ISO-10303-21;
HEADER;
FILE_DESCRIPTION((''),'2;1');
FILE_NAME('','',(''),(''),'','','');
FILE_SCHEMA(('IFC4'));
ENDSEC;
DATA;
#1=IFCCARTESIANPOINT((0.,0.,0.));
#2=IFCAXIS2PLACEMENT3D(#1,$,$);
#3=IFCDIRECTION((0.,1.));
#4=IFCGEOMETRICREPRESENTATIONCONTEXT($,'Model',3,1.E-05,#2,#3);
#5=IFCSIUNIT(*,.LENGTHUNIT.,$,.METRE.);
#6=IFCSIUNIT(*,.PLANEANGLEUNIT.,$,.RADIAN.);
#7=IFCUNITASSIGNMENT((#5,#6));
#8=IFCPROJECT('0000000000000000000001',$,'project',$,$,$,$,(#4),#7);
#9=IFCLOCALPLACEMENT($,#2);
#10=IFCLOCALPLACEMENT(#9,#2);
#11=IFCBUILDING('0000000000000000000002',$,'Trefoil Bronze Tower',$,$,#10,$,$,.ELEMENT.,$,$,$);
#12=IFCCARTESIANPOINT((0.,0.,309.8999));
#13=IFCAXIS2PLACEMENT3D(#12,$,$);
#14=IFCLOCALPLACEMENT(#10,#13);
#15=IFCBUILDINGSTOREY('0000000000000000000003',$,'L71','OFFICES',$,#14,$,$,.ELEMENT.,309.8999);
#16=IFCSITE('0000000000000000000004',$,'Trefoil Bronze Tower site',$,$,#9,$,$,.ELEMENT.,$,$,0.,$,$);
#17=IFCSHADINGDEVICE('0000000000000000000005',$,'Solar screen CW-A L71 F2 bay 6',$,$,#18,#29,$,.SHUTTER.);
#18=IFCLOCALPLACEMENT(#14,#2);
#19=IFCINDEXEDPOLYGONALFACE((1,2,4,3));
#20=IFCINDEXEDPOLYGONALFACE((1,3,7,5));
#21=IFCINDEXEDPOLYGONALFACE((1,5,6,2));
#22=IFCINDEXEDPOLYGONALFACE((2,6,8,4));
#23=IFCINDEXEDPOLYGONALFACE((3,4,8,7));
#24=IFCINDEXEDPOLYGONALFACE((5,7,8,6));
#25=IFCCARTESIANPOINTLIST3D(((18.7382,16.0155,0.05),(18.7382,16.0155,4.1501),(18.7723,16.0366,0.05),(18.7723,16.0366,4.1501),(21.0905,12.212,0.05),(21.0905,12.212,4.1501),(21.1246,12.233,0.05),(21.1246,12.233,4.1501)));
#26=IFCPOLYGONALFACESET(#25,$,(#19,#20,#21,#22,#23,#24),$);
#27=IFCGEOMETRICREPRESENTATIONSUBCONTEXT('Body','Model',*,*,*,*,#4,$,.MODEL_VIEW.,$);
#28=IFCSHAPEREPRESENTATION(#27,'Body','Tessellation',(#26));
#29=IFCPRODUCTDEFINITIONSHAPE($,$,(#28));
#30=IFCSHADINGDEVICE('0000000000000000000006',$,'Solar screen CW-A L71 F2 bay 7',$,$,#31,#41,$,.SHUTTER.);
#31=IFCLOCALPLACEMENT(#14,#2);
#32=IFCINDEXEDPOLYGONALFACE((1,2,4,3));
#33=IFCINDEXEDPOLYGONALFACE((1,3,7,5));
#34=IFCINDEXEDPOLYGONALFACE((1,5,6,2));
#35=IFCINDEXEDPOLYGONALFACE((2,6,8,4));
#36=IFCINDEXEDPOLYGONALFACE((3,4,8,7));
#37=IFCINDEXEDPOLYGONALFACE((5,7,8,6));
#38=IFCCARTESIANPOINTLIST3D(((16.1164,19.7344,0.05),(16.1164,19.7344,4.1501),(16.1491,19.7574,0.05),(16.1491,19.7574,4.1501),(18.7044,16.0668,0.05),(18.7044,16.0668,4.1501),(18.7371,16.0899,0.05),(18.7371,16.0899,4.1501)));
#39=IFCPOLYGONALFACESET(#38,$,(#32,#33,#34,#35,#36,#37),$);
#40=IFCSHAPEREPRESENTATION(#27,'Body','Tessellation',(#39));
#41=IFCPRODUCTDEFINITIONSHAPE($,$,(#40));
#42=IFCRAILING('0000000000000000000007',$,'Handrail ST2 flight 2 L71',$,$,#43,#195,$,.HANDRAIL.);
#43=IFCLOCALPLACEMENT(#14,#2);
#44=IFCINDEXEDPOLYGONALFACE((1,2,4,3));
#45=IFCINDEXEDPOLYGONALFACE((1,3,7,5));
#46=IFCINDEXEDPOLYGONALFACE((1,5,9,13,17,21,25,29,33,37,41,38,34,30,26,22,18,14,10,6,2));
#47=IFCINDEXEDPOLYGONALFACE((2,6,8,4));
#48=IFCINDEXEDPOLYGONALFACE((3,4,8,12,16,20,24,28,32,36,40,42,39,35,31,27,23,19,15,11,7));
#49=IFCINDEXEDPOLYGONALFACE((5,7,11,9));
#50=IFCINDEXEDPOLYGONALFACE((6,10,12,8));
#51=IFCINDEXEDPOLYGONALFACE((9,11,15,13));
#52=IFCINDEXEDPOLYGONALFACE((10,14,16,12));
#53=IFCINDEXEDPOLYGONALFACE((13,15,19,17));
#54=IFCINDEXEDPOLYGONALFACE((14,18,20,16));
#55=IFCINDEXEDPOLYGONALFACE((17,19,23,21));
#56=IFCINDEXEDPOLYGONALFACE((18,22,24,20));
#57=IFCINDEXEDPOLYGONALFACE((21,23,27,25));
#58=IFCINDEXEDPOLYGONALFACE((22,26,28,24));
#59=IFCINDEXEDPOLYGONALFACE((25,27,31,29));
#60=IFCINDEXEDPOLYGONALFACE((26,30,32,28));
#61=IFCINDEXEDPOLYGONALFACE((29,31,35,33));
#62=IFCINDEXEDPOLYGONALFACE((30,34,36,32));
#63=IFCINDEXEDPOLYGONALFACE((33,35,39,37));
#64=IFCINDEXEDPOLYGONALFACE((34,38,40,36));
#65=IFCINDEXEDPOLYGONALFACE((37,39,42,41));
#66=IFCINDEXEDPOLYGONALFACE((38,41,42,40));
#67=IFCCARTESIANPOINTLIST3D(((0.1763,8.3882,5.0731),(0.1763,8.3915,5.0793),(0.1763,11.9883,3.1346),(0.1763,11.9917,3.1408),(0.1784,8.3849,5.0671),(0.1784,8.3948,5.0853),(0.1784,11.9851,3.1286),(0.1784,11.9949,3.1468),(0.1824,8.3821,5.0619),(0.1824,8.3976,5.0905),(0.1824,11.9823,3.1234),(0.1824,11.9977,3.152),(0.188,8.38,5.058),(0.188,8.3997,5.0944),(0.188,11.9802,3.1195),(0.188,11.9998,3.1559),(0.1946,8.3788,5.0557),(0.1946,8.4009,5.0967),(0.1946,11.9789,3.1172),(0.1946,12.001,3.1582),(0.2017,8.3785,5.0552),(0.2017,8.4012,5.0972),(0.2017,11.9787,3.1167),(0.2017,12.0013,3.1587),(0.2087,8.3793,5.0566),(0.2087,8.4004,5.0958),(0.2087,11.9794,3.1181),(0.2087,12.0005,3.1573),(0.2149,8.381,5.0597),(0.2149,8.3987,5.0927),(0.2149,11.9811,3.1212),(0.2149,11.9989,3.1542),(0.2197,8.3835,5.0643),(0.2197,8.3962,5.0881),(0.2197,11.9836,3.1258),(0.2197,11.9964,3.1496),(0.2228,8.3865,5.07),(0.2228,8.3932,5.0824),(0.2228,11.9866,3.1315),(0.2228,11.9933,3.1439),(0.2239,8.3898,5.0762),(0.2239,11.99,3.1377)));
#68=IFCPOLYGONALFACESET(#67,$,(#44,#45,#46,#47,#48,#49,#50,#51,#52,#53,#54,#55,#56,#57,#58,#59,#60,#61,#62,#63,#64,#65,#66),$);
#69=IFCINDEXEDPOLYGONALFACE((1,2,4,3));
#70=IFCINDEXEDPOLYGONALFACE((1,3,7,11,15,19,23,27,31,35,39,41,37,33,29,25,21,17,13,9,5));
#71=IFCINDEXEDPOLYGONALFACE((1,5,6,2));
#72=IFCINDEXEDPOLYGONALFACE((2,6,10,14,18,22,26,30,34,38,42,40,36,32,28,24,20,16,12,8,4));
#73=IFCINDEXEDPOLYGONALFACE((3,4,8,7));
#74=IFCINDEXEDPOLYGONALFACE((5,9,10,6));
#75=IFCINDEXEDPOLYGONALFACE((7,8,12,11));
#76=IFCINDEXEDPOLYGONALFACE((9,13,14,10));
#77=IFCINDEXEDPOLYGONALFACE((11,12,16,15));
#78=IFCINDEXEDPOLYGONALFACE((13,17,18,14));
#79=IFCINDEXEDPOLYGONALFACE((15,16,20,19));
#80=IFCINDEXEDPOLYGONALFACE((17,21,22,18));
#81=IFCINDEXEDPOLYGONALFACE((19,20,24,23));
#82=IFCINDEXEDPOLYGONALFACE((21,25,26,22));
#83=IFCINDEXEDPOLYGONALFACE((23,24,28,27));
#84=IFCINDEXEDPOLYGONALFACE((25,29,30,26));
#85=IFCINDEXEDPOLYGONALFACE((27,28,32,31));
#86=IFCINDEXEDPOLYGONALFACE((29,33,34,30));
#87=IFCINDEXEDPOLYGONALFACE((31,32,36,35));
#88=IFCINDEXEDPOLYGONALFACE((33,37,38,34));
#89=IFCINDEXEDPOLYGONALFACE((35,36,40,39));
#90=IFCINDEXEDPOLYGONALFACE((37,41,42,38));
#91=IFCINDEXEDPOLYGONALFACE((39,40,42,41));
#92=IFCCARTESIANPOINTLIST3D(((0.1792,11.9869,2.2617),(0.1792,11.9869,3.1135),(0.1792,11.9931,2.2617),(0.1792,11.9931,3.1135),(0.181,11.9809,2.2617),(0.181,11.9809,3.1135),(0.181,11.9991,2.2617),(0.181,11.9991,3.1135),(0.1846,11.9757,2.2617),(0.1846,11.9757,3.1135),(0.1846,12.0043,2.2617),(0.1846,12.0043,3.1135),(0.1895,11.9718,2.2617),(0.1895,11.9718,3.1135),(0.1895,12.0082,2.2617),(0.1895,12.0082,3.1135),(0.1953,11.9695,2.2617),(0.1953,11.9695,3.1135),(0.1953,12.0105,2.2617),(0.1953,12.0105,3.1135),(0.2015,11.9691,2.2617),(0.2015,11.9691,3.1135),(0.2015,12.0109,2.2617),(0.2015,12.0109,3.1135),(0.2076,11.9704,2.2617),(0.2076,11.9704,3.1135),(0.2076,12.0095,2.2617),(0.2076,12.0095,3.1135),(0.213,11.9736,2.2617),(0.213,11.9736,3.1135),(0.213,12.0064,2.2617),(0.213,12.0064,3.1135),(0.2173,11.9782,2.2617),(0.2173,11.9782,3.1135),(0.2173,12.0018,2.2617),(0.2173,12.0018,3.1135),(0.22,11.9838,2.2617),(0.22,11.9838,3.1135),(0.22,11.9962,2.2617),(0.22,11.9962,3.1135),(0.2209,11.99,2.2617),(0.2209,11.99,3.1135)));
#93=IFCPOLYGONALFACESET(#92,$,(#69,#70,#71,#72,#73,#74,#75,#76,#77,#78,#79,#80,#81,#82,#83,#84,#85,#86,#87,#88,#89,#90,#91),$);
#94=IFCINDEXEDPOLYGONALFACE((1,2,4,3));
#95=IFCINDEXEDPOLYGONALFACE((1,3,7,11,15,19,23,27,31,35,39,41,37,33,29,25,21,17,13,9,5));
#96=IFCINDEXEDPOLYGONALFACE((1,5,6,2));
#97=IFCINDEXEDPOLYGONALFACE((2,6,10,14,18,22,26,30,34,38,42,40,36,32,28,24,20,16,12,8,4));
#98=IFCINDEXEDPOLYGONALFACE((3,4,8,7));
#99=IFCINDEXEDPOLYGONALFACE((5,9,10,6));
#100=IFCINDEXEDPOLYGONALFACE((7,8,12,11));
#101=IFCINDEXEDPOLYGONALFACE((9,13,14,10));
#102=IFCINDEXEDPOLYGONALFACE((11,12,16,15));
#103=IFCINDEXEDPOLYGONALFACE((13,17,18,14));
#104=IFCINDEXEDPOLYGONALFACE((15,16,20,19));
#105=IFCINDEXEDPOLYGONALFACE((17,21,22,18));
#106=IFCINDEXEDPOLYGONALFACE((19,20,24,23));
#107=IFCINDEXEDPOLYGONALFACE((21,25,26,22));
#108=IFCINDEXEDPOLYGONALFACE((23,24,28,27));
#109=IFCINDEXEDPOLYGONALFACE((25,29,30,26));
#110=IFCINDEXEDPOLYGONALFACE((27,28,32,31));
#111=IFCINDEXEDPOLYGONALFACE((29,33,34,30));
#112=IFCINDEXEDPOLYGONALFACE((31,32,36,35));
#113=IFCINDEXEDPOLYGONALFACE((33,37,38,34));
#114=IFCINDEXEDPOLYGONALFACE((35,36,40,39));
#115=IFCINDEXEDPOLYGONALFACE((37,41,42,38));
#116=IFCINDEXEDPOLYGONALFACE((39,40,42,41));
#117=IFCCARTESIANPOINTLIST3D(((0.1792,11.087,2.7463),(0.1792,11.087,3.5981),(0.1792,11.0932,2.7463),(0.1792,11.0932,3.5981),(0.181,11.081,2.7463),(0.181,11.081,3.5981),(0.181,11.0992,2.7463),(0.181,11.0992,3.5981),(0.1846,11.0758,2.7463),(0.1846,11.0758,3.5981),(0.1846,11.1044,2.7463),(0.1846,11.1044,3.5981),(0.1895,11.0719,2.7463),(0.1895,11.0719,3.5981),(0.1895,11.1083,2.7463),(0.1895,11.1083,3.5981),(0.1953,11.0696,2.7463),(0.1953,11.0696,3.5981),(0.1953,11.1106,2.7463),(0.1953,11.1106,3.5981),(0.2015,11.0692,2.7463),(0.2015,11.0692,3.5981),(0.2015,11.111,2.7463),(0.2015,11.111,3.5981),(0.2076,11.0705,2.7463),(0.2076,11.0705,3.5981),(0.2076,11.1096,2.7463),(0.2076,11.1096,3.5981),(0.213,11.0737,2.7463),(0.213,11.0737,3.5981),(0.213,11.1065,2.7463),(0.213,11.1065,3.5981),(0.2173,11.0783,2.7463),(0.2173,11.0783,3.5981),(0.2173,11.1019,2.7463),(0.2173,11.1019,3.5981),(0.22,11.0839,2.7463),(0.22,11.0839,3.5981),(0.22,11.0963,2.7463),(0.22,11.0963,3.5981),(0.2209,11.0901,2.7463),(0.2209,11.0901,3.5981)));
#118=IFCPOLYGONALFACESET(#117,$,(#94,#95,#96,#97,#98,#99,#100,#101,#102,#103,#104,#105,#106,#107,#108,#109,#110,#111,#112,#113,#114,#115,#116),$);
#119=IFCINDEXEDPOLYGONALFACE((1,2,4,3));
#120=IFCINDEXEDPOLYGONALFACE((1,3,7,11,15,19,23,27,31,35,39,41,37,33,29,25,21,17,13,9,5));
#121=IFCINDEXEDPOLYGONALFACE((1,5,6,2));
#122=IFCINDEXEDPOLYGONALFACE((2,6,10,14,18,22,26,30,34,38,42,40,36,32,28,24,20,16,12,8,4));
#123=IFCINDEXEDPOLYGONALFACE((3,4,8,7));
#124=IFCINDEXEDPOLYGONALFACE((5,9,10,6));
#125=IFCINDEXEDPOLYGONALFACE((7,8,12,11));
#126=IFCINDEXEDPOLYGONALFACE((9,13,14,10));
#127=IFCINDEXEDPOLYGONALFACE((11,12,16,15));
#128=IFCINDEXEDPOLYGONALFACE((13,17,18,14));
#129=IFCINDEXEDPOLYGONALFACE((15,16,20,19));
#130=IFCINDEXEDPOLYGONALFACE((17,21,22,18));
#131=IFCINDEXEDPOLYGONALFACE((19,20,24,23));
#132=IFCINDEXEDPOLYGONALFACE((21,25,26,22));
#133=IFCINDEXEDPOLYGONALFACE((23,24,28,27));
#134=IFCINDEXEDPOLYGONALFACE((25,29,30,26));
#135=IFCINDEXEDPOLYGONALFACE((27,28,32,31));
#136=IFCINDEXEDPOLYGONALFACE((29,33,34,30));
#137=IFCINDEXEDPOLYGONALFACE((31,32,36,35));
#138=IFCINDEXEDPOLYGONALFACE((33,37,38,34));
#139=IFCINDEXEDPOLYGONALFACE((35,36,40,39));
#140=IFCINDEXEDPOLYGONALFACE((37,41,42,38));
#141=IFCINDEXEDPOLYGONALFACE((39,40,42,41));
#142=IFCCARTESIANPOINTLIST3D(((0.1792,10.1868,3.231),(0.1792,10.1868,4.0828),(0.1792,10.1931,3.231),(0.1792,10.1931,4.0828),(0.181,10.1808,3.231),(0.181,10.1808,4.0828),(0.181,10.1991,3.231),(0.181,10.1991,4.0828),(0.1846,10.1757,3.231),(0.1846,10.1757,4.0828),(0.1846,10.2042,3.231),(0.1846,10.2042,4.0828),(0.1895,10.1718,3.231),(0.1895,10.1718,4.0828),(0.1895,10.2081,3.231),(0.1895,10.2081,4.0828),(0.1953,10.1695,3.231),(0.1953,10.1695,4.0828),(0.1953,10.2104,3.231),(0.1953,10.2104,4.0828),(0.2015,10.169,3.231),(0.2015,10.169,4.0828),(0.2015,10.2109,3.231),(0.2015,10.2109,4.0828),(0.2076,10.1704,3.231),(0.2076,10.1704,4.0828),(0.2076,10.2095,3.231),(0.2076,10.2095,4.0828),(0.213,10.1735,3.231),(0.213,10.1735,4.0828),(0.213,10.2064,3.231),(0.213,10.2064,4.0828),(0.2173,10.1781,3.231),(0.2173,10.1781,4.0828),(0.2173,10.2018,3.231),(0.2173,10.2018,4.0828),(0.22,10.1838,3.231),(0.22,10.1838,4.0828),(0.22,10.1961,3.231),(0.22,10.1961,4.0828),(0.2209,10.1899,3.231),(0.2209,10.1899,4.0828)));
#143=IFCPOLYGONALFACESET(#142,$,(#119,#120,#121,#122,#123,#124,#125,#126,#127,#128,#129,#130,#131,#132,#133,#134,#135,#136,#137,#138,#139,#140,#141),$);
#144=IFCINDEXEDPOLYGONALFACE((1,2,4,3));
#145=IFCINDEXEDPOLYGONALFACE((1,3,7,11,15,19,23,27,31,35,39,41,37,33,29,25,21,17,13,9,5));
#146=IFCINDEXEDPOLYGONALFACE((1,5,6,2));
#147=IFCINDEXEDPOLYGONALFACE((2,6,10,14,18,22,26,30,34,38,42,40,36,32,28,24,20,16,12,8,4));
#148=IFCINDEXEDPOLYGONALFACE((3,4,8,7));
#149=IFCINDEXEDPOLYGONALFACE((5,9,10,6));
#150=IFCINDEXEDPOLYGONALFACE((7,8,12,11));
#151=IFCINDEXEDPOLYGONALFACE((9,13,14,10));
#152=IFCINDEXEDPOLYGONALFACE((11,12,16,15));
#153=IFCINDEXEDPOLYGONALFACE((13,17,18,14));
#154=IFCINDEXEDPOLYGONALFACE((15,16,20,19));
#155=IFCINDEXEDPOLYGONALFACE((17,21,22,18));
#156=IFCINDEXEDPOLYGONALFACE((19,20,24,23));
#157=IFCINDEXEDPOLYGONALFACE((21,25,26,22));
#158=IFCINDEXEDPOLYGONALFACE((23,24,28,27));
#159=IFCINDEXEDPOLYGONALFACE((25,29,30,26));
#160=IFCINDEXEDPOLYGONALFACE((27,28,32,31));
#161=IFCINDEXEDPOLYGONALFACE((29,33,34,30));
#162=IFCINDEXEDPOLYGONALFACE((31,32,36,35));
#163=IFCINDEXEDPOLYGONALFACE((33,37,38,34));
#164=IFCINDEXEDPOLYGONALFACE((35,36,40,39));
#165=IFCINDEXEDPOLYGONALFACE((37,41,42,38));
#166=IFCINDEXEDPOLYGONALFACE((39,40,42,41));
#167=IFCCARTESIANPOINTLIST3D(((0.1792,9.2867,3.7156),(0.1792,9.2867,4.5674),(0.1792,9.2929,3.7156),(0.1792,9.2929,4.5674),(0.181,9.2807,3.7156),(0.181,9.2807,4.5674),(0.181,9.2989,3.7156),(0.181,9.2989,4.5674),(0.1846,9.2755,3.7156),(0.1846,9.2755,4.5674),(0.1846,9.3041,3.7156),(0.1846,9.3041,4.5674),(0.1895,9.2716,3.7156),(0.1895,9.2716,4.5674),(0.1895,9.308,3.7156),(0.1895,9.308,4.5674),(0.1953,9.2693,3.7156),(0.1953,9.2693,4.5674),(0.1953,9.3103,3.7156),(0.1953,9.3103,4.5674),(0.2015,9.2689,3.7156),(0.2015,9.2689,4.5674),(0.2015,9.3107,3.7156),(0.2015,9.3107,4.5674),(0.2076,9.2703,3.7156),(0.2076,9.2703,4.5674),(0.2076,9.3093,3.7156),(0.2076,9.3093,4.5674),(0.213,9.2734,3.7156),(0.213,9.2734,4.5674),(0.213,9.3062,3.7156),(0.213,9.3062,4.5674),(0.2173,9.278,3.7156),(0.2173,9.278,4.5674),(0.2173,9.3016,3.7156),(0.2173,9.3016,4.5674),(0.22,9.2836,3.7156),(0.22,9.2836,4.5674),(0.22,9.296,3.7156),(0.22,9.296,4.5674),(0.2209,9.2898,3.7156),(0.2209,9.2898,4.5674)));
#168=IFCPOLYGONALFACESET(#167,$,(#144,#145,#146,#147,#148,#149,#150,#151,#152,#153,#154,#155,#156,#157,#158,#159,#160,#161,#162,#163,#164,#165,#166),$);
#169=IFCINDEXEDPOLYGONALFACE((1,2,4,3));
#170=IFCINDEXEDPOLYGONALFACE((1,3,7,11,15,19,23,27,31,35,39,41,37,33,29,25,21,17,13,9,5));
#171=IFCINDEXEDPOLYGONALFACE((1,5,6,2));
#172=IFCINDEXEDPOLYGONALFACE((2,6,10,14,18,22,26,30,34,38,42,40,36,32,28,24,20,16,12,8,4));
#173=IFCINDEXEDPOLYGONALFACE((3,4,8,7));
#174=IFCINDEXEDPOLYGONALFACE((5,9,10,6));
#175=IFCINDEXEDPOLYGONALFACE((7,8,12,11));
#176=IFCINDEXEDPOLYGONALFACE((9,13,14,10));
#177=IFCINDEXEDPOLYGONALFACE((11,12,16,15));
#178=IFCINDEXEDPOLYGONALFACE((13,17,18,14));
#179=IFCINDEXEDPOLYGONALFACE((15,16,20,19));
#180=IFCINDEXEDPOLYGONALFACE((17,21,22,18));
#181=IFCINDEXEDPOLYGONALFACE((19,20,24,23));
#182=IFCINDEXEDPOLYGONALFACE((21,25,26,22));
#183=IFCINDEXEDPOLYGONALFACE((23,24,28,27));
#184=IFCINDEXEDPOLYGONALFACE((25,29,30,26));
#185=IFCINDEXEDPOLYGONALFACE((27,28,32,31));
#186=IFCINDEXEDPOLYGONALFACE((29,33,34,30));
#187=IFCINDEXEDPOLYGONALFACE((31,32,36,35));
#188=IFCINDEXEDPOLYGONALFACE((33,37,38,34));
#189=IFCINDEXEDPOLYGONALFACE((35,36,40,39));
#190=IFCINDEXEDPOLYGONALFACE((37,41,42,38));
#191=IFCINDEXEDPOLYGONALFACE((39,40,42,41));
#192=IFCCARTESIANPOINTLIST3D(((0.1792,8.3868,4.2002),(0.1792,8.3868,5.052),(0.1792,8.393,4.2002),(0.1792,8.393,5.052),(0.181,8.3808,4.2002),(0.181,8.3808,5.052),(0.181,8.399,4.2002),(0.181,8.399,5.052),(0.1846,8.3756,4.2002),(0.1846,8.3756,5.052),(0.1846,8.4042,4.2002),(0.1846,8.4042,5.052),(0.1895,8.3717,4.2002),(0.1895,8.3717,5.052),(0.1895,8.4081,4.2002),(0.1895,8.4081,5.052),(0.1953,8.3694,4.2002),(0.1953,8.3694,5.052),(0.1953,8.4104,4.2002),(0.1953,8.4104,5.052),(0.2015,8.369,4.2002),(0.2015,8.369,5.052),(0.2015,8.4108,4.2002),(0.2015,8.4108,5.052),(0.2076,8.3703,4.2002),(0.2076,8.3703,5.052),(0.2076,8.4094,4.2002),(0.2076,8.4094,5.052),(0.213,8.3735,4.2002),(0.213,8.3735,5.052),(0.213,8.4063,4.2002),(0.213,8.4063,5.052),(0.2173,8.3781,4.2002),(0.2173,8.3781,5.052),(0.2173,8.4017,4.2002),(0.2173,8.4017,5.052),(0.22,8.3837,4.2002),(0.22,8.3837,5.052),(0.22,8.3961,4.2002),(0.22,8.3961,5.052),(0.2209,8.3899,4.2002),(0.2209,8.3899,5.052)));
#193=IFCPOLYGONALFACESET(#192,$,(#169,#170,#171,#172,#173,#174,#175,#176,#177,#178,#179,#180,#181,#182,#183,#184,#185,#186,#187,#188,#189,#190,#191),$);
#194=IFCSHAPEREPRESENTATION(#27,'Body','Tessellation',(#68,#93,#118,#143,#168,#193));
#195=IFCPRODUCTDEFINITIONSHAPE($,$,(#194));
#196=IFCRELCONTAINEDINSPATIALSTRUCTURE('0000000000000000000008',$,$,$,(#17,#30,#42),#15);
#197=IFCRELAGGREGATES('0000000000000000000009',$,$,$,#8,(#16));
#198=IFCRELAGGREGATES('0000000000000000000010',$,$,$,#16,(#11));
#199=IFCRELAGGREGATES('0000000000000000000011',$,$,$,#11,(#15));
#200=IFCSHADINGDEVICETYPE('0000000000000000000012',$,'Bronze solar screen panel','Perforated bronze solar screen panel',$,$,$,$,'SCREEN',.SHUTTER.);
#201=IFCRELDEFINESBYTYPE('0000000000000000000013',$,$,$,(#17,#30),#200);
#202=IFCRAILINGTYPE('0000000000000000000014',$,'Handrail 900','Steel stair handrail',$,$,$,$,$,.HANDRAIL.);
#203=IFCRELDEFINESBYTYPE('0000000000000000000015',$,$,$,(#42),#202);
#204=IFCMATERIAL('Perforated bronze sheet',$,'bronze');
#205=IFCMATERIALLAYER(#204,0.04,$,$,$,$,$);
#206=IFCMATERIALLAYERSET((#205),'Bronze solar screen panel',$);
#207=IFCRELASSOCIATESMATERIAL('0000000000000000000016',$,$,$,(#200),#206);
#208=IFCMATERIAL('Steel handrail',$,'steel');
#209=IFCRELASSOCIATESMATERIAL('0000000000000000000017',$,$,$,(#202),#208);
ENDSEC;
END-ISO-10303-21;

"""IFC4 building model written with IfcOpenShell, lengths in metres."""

from ifc_helpers import new_model, si_unit, direction, frame, origin, origin_2d, place, context, subcontext, project, spatial, rectangle, circle, extrude, material, layer, layer_set, type_object, element, save


model = new_model("IFC4")

# Units and contexts
model_context = context("Model", 3, precision=1e-05, world=origin(), true_north=direction((0.0, 1.0)))
body_context = subcontext(model_context, "Body", "Model", "MODEL_VIEW")
ifc_project = project(units=[si_unit("LENGTHUNIT", "METRE"), si_unit("PLANEANGLEUNIT", "RADIAN")], contexts=[model_context])

# Site, building, storey
site_placement = place(None, origin())
site = spatial("IfcSite", under=ifc_project, at=site_placement, Name="Trefoil Bronze Tower site", CompositionType="ELEMENT", RefElevation=0.0)
building_placement = place(site_placement, origin())
building = spatial("IfcBuilding", under=site, at=building_placement, Name="Trefoil Bronze Tower", CompositionType="ELEMENT")
storey_placement = place(building_placement, frame((0.0, 0.0, 309.8999)))
storey = spatial("IfcBuildingStorey", under=building, at=storey_placement, Name="L71", Description="OFFICES", CompositionType="ELEMENT", Elevation=309.8999)

# Shading devices
ifc_material_1 = material(Name="Perforated bronze sheet", Category="bronze")
ifc_layer_1 = layer(ifc_material_1, 0.04)
ifc_layer_set_1 = layer_set([ifc_layer_1], Name="Bronze solar screen panel")
shading_device_type = type_object("IfcShadingDeviceType", Name="Bronze solar screen panel", Description="Perforated bronze solar screen panel", ElementType="SCREEN", PredefinedType="SHUTTER", material=ifc_layer_set_1)
shading_device_1_placement = place(storey_placement, frame((19.9314, 14.1243, 0.05), z_axis=(0.0, 0.0, 1.0), x_axis=(-0.52598, 0.850497, 0.0)))
element("IfcShadingDevice", 1, at=shading_device_1_placement, inside=storey, type_object=shading_device_type, Name="Solar screen CW-A L71 F2 bay 6", PredefinedType="SHUTTER", context=body_context, shape_type="SweptSolid", body=[
    extrude(rectangle(XDim=4.4722, YDim=0.04, at=origin_2d()), origin(), (0.0, 0.0, 1.0), 4.1001),
])
shading_device_2_placement = place(storey_placement, frame((17.4268, 17.9121, 0.05), z_axis=(0.0, 0.0, 1.0), x_axis=(-0.576561, 0.817054, 0.0)))
element("IfcShadingDevice", 2, at=shading_device_2_placement, inside=storey, type_object=shading_device_type, Name="Solar screen CW-A L71 F2 bay 7", PredefinedType="SHUTTER", context=body_context, shape_type="SweptSolid", body=[
    extrude(rectangle(XDim=4.4888, YDim=0.04, at=origin_2d()), origin(), (0.0, 0.0, 1.0), 4.1001),
])

# Railing
ifc_material_2 = material(Name="Steel handrail", Category="steel")
railing_type = type_object("IfcRailingType", Name="Handrail 900", Description="Steel stair handrail", PredefinedType="HANDRAIL", material=ifc_material_2)
railing_placement = place(storey_placement, frame((0.2, 11.99, 2.2617)))
element("IfcRailing", 3, at=railing_placement, inside=storey, type_object=railing_type, Name="Handrail ST2 flight 2 L71", PredefinedType="HANDRAIL", context=body_context, shape_type="SweptSolid", body=[
    extrude(circle(Radius=0.0239, at=origin_2d()), frame((0.0, 0.0, 0.876), z_axis=(0.0, -0.880475, 0.474093), x_axis=(1.0, 0.0, 0.0)), (0.0, 0.0, 1.0), 4.0889),
    extrude(circle(Radius=0.021, at=origin_2d()), origin(), (0.0, 0.0, 1.0), 0.8518),
    extrude(circle(Radius=0.021, at=origin_2d()), frame((0.0, -0.8999, 0.4846)), (0.0, 0.0, 1.0), 0.8518),
    extrude(circle(Radius=0.021, at=origin_2d()), frame((0.0, -1.8, 0.9692)), (0.0, 0.0, 1.0), 0.8518),
    extrude(circle(Radius=0.021, at=origin_2d()), frame((0.0, -2.7002, 1.4539)), (0.0, 0.0, 1.0), 0.8518),
    extrude(circle(Radius=0.021, at=origin_2d()), frame((0.0, -3.6001, 1.9385)), (0.0, 0.0, 1.0), 0.8518),
])

save(model, "model.ifc")
